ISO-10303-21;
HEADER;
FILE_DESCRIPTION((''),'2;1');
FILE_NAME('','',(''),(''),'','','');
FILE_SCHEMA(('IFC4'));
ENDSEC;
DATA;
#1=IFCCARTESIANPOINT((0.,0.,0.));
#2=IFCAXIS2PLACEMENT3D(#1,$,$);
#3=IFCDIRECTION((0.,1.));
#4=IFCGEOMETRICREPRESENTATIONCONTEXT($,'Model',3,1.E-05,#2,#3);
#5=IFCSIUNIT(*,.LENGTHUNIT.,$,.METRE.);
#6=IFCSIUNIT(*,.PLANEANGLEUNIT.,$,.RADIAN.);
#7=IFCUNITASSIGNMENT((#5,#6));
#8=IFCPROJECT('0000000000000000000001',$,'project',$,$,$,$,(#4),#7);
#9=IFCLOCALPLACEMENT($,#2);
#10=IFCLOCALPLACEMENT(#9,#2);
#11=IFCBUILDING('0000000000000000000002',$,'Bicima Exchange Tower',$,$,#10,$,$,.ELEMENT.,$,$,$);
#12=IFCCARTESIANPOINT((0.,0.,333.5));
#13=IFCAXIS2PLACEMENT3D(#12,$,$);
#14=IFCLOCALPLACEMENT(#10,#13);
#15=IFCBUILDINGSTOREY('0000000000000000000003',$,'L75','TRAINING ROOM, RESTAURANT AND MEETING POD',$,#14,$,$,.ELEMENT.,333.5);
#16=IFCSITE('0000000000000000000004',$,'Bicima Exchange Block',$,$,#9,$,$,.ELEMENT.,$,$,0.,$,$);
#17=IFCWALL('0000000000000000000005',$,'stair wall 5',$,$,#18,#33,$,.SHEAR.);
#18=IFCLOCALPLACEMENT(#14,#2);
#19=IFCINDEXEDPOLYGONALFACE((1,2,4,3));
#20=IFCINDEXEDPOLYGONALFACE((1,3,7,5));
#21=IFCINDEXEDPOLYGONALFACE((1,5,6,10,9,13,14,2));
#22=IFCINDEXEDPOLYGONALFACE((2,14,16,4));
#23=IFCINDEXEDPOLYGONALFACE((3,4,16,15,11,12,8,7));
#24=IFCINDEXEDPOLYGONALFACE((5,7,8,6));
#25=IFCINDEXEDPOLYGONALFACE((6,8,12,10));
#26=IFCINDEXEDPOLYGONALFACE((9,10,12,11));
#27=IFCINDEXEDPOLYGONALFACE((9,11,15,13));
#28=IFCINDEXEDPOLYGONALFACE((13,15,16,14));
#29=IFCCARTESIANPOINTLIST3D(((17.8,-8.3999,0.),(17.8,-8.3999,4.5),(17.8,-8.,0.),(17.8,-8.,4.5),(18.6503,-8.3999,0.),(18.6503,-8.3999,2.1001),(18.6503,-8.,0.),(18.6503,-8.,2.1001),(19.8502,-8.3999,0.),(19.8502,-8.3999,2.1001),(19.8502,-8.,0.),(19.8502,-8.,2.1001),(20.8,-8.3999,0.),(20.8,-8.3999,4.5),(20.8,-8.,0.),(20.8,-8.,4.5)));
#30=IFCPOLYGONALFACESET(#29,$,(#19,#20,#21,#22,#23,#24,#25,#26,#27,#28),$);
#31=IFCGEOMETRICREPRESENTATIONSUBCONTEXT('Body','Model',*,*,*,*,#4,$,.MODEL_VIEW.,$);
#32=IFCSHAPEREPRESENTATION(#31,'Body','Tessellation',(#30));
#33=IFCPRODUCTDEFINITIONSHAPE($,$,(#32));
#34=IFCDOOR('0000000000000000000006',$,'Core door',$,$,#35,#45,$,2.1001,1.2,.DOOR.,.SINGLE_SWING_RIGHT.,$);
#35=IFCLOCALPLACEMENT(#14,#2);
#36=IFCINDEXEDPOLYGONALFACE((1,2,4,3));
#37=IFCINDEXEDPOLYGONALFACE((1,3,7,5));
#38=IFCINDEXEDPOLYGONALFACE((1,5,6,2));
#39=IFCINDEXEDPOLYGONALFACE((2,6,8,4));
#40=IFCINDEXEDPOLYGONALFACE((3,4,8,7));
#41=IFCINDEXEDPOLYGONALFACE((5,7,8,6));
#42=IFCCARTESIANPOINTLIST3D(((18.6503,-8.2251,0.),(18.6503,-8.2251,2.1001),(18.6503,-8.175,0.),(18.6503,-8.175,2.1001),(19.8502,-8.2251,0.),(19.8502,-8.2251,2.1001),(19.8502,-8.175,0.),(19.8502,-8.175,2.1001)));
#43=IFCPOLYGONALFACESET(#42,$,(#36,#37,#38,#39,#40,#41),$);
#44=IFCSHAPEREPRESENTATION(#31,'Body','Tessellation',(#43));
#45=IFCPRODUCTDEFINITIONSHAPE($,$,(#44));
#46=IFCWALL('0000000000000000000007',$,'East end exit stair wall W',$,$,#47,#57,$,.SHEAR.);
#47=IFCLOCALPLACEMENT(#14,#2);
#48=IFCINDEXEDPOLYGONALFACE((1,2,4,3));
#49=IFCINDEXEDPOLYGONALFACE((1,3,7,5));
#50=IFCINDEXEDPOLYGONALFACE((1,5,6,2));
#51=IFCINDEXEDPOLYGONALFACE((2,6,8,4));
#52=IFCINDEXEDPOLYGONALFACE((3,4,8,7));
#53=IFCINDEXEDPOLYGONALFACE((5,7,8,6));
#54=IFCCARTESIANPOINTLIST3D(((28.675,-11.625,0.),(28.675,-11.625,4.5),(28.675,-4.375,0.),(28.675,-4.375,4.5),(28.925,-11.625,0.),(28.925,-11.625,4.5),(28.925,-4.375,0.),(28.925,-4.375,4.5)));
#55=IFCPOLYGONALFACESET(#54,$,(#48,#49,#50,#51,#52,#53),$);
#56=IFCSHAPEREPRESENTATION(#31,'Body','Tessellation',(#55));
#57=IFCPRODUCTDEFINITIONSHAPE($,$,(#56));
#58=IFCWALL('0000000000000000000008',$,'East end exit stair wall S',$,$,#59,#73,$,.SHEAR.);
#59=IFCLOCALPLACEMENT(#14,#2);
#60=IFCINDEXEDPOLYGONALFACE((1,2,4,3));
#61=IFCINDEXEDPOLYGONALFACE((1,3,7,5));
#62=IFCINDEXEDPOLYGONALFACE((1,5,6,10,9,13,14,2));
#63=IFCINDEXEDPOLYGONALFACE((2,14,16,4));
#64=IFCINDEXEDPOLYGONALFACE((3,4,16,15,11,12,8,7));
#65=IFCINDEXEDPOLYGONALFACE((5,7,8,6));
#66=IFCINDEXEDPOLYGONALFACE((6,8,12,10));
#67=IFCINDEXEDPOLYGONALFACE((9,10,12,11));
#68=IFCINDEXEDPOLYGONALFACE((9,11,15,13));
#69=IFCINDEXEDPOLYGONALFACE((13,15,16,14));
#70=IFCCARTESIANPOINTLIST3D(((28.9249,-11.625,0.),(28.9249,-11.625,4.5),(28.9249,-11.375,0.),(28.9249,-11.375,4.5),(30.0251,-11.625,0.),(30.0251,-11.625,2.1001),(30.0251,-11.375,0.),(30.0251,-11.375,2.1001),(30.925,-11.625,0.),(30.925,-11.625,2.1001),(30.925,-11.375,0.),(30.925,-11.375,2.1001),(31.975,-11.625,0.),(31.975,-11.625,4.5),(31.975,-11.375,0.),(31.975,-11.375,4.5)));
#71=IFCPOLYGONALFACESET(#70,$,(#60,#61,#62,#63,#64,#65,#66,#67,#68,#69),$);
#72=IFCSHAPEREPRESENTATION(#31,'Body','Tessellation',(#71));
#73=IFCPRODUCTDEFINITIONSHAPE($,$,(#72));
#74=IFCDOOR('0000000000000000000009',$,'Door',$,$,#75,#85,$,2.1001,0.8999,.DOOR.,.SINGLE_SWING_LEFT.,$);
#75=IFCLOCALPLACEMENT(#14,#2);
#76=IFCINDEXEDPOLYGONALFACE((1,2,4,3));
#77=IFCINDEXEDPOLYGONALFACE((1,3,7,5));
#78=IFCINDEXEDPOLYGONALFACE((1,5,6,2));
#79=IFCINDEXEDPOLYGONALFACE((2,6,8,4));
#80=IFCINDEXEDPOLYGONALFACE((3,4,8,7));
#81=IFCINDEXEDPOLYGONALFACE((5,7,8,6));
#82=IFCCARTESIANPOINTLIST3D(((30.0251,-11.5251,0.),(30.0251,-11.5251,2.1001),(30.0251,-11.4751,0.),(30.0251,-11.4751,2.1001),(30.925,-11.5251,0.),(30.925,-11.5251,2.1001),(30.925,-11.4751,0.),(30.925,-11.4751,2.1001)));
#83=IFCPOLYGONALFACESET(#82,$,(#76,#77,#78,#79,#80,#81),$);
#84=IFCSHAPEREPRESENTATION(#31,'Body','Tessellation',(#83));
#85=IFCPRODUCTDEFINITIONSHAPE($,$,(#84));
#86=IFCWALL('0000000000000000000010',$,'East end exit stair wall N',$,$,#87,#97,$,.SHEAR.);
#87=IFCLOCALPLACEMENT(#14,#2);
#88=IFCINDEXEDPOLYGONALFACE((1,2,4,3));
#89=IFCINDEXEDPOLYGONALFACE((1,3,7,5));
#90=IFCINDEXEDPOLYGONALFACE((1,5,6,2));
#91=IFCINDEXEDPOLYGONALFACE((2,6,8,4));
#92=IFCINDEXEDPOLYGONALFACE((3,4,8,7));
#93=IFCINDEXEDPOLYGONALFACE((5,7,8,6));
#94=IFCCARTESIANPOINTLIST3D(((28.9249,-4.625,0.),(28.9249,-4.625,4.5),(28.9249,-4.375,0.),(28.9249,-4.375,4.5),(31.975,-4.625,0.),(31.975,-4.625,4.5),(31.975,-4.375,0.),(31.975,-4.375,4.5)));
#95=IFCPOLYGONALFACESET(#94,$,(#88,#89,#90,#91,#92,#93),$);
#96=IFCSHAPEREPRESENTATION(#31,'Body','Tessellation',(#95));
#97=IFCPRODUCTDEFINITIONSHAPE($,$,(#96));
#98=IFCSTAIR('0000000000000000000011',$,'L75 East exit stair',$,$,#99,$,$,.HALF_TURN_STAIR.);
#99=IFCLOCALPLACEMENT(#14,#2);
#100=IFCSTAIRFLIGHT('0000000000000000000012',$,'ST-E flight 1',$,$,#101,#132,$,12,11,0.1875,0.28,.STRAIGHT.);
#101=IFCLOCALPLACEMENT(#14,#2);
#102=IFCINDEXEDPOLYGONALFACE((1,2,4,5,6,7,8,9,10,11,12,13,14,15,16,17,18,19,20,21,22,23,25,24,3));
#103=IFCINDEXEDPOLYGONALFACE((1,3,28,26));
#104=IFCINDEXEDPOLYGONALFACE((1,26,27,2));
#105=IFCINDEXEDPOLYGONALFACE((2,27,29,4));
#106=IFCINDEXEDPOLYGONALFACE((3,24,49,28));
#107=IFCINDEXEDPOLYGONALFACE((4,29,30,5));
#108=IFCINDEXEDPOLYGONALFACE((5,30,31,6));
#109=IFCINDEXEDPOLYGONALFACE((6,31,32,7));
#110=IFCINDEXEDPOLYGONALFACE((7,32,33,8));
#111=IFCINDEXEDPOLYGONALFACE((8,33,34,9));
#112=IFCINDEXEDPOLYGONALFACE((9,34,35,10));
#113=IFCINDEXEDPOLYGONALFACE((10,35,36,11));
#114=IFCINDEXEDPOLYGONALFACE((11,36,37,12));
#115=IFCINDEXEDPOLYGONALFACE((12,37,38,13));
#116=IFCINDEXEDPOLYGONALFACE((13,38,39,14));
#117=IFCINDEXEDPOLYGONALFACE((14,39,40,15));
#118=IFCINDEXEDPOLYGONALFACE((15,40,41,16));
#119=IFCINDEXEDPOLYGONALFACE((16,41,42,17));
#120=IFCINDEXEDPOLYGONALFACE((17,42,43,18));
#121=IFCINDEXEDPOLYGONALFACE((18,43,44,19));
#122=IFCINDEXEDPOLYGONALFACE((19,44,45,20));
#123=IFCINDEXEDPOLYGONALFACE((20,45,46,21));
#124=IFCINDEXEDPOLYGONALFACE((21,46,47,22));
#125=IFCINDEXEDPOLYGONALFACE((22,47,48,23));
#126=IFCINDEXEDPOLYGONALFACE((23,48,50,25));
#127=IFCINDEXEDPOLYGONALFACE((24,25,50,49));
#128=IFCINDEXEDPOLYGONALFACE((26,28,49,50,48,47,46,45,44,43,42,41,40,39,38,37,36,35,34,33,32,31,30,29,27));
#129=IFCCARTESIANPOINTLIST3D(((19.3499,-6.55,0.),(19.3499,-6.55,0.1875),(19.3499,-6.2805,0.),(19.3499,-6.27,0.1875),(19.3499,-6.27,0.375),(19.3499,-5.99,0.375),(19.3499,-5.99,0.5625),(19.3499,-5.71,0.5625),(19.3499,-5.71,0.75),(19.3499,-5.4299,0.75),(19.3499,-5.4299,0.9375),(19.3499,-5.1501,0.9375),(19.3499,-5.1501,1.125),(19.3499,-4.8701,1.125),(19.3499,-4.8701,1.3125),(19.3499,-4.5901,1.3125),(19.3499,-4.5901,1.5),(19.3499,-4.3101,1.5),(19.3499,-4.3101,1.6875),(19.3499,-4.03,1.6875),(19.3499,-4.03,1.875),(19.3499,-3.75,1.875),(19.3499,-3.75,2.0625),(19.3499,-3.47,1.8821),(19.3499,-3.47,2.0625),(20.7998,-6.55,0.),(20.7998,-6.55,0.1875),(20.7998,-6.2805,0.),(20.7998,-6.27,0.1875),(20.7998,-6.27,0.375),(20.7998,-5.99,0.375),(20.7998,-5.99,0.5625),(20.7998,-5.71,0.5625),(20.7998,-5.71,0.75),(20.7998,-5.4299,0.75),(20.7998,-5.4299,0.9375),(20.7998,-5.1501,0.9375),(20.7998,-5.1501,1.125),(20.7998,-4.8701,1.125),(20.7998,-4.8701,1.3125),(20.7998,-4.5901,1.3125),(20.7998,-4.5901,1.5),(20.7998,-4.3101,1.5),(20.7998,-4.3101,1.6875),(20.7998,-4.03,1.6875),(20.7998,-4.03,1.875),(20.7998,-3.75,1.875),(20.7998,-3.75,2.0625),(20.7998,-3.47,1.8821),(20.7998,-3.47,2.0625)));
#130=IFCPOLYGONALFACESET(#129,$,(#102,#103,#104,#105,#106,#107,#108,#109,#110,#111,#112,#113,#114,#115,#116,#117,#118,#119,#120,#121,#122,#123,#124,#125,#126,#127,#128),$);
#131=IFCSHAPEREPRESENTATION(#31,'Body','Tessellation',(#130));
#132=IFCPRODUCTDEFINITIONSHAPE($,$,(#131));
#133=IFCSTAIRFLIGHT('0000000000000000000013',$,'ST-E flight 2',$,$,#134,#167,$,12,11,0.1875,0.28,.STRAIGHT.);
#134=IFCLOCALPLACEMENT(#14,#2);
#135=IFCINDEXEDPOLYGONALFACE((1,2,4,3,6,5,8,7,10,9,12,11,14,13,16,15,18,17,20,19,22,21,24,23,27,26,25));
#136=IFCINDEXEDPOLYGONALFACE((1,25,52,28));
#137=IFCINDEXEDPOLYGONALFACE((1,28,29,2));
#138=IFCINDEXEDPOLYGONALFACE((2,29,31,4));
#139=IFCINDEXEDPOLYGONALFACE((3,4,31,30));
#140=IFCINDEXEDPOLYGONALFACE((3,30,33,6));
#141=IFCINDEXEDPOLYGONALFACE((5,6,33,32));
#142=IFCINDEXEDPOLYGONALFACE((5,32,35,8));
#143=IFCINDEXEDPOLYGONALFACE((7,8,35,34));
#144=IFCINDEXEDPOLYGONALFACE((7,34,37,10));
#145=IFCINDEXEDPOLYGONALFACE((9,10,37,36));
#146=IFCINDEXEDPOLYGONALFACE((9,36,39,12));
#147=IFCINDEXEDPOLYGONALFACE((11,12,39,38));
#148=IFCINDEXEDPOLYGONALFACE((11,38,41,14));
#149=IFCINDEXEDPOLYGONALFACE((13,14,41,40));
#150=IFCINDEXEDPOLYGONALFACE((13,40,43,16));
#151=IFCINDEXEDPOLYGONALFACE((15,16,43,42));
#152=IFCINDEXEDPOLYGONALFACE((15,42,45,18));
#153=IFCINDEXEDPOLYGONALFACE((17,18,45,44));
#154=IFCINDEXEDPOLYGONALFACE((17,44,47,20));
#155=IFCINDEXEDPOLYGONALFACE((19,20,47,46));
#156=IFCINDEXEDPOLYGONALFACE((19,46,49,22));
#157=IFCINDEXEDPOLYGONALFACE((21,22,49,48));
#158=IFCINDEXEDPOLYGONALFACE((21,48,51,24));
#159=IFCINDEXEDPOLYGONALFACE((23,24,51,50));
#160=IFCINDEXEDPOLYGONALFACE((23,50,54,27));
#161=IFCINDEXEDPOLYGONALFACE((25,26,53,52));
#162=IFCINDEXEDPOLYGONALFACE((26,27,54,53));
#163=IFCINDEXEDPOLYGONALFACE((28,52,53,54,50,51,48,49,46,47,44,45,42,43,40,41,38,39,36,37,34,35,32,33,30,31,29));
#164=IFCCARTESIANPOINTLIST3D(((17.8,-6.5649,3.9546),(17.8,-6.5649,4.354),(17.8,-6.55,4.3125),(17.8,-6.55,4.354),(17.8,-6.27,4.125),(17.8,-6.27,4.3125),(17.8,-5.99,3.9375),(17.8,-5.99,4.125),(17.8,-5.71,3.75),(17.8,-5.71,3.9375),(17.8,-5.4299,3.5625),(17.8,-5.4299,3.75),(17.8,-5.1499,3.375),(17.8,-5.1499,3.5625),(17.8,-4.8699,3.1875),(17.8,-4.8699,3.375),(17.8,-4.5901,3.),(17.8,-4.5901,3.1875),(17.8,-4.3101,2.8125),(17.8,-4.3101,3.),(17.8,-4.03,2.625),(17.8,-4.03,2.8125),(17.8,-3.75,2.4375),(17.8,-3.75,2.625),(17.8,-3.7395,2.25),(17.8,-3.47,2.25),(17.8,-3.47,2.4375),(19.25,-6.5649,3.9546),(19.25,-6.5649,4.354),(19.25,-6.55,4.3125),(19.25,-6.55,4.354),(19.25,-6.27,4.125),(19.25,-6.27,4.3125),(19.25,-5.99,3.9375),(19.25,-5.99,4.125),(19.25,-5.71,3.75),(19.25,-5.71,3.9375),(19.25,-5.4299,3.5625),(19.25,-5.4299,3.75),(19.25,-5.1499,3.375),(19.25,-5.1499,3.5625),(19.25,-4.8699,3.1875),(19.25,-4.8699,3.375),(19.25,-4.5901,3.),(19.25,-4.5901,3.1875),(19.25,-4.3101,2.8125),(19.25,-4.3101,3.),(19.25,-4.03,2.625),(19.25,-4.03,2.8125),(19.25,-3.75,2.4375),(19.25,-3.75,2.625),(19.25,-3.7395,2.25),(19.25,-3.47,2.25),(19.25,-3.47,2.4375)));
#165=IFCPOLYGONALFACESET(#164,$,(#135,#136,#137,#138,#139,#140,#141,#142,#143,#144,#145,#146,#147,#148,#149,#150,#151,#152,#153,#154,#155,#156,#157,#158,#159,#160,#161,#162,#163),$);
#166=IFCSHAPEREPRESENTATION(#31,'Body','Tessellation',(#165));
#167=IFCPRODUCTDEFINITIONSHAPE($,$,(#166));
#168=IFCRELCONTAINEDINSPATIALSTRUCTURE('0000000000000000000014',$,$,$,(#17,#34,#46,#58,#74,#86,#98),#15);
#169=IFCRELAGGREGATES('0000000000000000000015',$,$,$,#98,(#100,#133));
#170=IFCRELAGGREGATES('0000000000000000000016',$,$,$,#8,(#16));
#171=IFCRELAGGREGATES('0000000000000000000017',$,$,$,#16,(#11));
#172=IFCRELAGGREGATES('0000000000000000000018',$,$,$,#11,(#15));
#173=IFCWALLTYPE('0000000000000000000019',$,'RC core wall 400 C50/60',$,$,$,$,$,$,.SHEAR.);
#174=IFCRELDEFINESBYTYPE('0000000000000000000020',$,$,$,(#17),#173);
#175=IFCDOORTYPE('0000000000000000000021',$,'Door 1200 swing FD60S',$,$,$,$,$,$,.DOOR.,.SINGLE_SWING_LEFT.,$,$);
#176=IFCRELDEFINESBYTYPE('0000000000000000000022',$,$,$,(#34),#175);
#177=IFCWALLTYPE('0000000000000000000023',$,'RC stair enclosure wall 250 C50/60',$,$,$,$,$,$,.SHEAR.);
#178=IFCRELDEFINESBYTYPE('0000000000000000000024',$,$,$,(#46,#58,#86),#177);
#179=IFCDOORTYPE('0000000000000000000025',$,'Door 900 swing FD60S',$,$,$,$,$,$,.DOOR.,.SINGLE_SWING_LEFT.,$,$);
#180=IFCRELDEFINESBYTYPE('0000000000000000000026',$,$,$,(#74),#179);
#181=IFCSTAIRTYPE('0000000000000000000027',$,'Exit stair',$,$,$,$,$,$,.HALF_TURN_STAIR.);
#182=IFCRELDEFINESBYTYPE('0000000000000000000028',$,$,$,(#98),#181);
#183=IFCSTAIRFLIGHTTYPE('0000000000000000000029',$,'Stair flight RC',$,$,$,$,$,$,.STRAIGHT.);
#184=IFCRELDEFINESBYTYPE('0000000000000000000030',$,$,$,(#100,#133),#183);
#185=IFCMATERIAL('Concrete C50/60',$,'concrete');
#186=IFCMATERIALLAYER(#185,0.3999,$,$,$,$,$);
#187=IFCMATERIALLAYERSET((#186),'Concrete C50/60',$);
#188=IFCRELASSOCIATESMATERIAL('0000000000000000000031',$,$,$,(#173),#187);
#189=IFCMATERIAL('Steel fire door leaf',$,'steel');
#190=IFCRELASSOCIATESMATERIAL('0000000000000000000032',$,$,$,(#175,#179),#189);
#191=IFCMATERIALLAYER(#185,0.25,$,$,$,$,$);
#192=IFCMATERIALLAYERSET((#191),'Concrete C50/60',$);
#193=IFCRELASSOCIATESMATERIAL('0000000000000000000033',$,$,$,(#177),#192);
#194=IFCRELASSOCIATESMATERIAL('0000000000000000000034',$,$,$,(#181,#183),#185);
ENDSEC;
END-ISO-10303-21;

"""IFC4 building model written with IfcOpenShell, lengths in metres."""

from ifc_helpers import new_model, si_unit, direction, frame, frame_2d, origin, place, context, subcontext, project, spatial, polyline, rectangle, outline, extrude, material, layer, layer_set, type_object, element, fill, aggregate, save


model = new_model("IFC4")

# Units and contexts
model_context = context("Model", 3, precision=1e-05, world=origin(), true_north=direction((0.0, 1.0)))
body_context = subcontext(model_context, "Body", "Model", "MODEL_VIEW")
ifc_project = project(units=[si_unit("LENGTHUNIT", "METRE"), si_unit("PLANEANGLEUNIT", "RADIAN")], contexts=[model_context])

# Site, building, storey
site_placement = place(None, origin())
site = spatial("IfcSite", under=ifc_project, at=site_placement, Name="Bicima Exchange Block", CompositionType="ELEMENT", RefElevation=0.0)
building_placement = place(site_placement, origin())
building = spatial("IfcBuilding", under=site, at=building_placement, Name="Bicima Exchange Tower", CompositionType="ELEMENT")
storey_placement = place(building_placement, frame((0.0, 0.0, 333.5)))
storey = spatial("IfcBuildingStorey", under=building, at=storey_placement, Name="L75", Description="TRAINING ROOM, RESTAURANT AND MEETING POD", CompositionType="ELEMENT", Elevation=333.5)

# Wall, opening, door
ifc_material_1 = material(Name="Concrete C50/60", Category="concrete")
ifc_layer_1 = layer(ifc_material_1, 0.3999)
ifc_layer_set_1 = layer_set([ifc_layer_1], Name="Concrete C50/60")
wall_type_1 = type_object("IfcWallType", Name="RC core wall 400 C50/60", PredefinedType="SHEAR", material=ifc_layer_set_1)
wall_1_placement = place(storey_placement, frame((17.8, -8.2, 0.0), z_axis=(0.0, 0.0, 1.0), x_axis=(1.0, 0.0, 0.0)))
wall_1 = element("IfcWall", 1, at=wall_1_placement, inside=storey, type_object=wall_type_1, Name="stair wall 5", PredefinedType="SHEAR", context=body_context, shape_type="SweptSolid", body=[
    extrude(rectangle(XDim=3.0, YDim=0.3999, at=frame_2d((1.5, 0.0))), origin(), (0.0, 0.0, 1.0), 4.5),
])
opening_1_placement = place(wall_1_placement, frame((0.8501, 0.0, 0.0)))
opening_1 = element("IfcOpeningElement", 2, at=opening_1_placement, cuts=wall_1, PredefinedType="OPENING", context=body_context, shape_type="SweptSolid", body=[
    extrude(rectangle(XDim=1.2, YDim=2.1001, at=frame_2d((0.6001, 1.05))), frame((0.0, 0.2119, 0.0), z_axis=(0.0, -1.0, 0.0), x_axis=(1.0, 0.0, 0.0)), (0.0, 0.0, 1.0), 0.4238),
])
ifc_material_2 = material(Name="Steel fire door leaf", Category="steel")
door_type_1 = type_object("IfcDoorType", Name="Door 1200 swing FD60S", OperationType="SINGLE_SWING_LEFT", PredefinedType="DOOR", material=ifc_material_2)
door_1_placement = place(opening_1_placement, origin())
door_1 = element("IfcDoor", 3, at=door_1_placement, inside=storey, type_object=door_type_1, Name="Core door", OperationType="SINGLE_SWING_RIGHT", OverallHeight=2.1001, OverallWidth=1.2, PredefinedType="DOOR", context=body_context, shape_type="SweptSolid", body=[
    extrude(rectangle(XDim=1.2, YDim=2.1001, at=frame_2d((0.6001, 1.05))), frame((0.0, 0.0249, 0.0), z_axis=(0.0, -1.0, 0.0), x_axis=(1.0, 0.0, 0.0)), (0.0, 0.0, 1.0), 0.05),
])
fill(opening_1, door_1)

# Wall
ifc_layer_2 = layer(ifc_material_1, 0.25)
ifc_layer_set_2 = layer_set([ifc_layer_2], Name="Concrete C50/60")
wall_type_2 = type_object("IfcWallType", Name="RC stair enclosure wall 250 C50/60", PredefinedType="SHEAR", material=ifc_layer_set_2)
wall_2_placement = place(storey_placement, frame((28.8, -11.625, 0.0), z_axis=(0.0, 0.0, 1.0), x_axis=(0.0, 1.0, 0.0)))
element("IfcWall", 4, at=wall_2_placement, inside=storey, type_object=wall_type_2, Name="East end exit stair wall W", PredefinedType="SHEAR", context=body_context, shape_type="SweptSolid", body=[
    extrude(rectangle(XDim=7.25, YDim=0.25, at=frame_2d((3.625, 0.0))), origin(), (0.0, 0.0, 1.0), 4.5),
])

# Wall, opening, door
wall_3_placement = place(storey_placement, frame((28.925, -11.5, 0.0), z_axis=(0.0, 0.0, 1.0), x_axis=(1.0, 0.0, 0.0)))
wall_3 = element("IfcWall", 5, at=wall_3_placement, inside=storey, type_object=wall_type_2, Name="East end exit stair wall S", PredefinedType="SHEAR", context=body_context, shape_type="SweptSolid", body=[
    extrude(rectangle(XDim=3.05, YDim=0.25, at=frame_2d((1.5249, 0.0))), origin(), (0.0, 0.0, 1.0), 4.5),
])
opening_2_placement = place(wall_3_placement, frame((1.1001, 0.0, 0.0)))
opening_2 = element("IfcOpeningElement", 6, at=opening_2_placement, cuts=wall_3, PredefinedType="OPENING", context=body_context, shape_type="SweptSolid", body=[
    extrude(rectangle(XDim=0.8999, YDim=2.1001, at=frame_2d((0.45, 1.05))), frame((0.0, 0.137, 0.0), z_axis=(0.0, -1.0, 0.0), x_axis=(1.0, 0.0, 0.0)), (0.0, 0.0, 1.0), 0.2739),
])
door_type_2 = type_object("IfcDoorType", Name="Door 900 swing FD60S", OperationType="SINGLE_SWING_LEFT", PredefinedType="DOOR", material=ifc_material_2)
door_2_placement = place(opening_2_placement, origin())
door_2 = element("IfcDoor", 7, at=door_2_placement, inside=storey, type_object=door_type_2, Name="Door", OperationType="SINGLE_SWING_LEFT", OverallHeight=2.1001, OverallWidth=0.8999, PredefinedType="DOOR", context=body_context, shape_type="SweptSolid", body=[
    extrude(rectangle(XDim=0.8999, YDim=2.1001, at=frame_2d((0.45, 1.05))), frame((0.0, 0.0249, 0.0), z_axis=(0.0, -1.0, 0.0), x_axis=(1.0, 0.0, 0.0)), (0.0, 0.0, 1.0), 0.05),
])
fill(opening_2, door_2)

# Wall
wall_4_placement = place(storey_placement, frame((28.925, -4.5, 0.0), z_axis=(0.0, 0.0, 1.0), x_axis=(1.0, 0.0, 0.0)))
element("IfcWall", 8, at=wall_4_placement, inside=storey, type_object=wall_type_2, Name="East end exit stair wall N", PredefinedType="SHEAR", context=body_context, shape_type="SweptSolid", body=[
    extrude(rectangle(XDim=3.05, YDim=0.25, at=frame_2d((1.5249, 0.0))), origin(), (0.0, 0.0, 1.0), 4.5),
])

# Stair, stair flights
stair_type = type_object("IfcStairType", Name="Exit stair", PredefinedType="HALF_TURN_STAIR", material=ifc_material_1)
stair_1_placement = place(storey_placement, origin())
stair_1 = element("IfcStair", 9, at=stair_1_placement, inside=storey, type_object=stair_type, Name="L75 East exit stair", PredefinedType="HALF_TURN_STAIR")
stair_flight_type = type_object("IfcStairFlightType", Name="Stair flight RC", PredefinedType="STRAIGHT", material=ifc_material_1)
stair_flight_1_placement = place(storey_placement, frame((20.075, -6.55, 0.0), z_axis=(0.0, 0.0, 1.0), x_axis=(0.0, 1.0, 0.0)))
stair_flight_1 = element("IfcStairFlight", 10, at=stair_flight_1_placement, type_object=stair_flight_type, Name="ST-E flight 1", NumberOfRisers=12, NumberOfTreads=11, PredefinedType="STRAIGHT", RiserHeight=0.1875, TreadLength=0.28, context=body_context, shape_type="SweptSolid", body=[
    extrude(outline(polyline([(0.0, 0.0), (0.0, 0.1875), (0.28, 0.1875), (0.28, 0.375), (0.5601, 0.375), (0.5601, 0.5625), (0.8401, 0.5625), (0.8401, 0.75), (1.1201, 0.75), (1.1201, 0.9375), (1.3999, 0.9375), (1.3999, 1.125), (1.6799, 1.125), (1.6799, 1.3125), (1.96, 1.3125), (1.96, 1.5), (2.24, 1.5), (2.24, 1.6875), (2.52, 1.6875), (2.52, 1.875), (2.8, 1.875), (2.8, 2.0625), (3.0801, 2.0625), (3.0801, 2.25), (3.0801, 1.8821), (0.2695, 0.0), (0.0, 0.0)])), frame((0.0, 0.7251, 0.0), z_axis=(0.0, -1.0, 0.0), x_axis=(1.0, 0.0, 0.0)), (0.0, 0.0, 1.0), 1.45),
])
stair_flight_2_placement = place(storey_placement, frame((18.5249, -3.47, 2.25), z_axis=(0.0, 0.0, 1.0), x_axis=(0.0, -1.0, 0.0)))
stair_flight_2 = element("IfcStairFlight", 11, at=stair_flight_2_placement, type_object=stair_flight_type, Name="ST-E flight 2", NumberOfRisers=12, NumberOfTreads=11, PredefinedType="STRAIGHT", RiserHeight=0.1875, TreadLength=0.28, context=body_context, shape_type="SweptSolid", body=[
    extrude(outline(polyline([(0.0, 0.0), (0.0, 0.1875), (0.28, 0.1875), (0.28, 0.375), (0.5601, 0.375), (0.5601, 0.5625), (0.8401, 0.5625), (0.8401, 0.75), (1.1201, 0.75), (1.1201, 0.9375), (1.3999, 0.9375), (1.3999, 1.125), (1.6799, 1.125), (1.6799, 1.3125), (1.96, 1.3125), (1.96, 1.5), (2.24, 1.5), (2.24, 1.6875), (2.52, 1.6875), (2.52, 1.875), (2.8, 1.875), (2.8, 2.0625), (3.0801, 2.0625), (3.0801, 2.104), (3.095, 2.104), (3.095, 1.7046), (0.2695, 0.0), (0.0, 0.0)])), frame((0.0, 0.7251, 0.0), z_axis=(0.0, -1.0, 0.0), x_axis=(1.0, 0.0, 0.0)), (0.0, 0.0, 1.0), 1.45),
])
aggregate(stair_1, [stair_flight_1, stair_flight_2])

save(model, "model.ifc")
